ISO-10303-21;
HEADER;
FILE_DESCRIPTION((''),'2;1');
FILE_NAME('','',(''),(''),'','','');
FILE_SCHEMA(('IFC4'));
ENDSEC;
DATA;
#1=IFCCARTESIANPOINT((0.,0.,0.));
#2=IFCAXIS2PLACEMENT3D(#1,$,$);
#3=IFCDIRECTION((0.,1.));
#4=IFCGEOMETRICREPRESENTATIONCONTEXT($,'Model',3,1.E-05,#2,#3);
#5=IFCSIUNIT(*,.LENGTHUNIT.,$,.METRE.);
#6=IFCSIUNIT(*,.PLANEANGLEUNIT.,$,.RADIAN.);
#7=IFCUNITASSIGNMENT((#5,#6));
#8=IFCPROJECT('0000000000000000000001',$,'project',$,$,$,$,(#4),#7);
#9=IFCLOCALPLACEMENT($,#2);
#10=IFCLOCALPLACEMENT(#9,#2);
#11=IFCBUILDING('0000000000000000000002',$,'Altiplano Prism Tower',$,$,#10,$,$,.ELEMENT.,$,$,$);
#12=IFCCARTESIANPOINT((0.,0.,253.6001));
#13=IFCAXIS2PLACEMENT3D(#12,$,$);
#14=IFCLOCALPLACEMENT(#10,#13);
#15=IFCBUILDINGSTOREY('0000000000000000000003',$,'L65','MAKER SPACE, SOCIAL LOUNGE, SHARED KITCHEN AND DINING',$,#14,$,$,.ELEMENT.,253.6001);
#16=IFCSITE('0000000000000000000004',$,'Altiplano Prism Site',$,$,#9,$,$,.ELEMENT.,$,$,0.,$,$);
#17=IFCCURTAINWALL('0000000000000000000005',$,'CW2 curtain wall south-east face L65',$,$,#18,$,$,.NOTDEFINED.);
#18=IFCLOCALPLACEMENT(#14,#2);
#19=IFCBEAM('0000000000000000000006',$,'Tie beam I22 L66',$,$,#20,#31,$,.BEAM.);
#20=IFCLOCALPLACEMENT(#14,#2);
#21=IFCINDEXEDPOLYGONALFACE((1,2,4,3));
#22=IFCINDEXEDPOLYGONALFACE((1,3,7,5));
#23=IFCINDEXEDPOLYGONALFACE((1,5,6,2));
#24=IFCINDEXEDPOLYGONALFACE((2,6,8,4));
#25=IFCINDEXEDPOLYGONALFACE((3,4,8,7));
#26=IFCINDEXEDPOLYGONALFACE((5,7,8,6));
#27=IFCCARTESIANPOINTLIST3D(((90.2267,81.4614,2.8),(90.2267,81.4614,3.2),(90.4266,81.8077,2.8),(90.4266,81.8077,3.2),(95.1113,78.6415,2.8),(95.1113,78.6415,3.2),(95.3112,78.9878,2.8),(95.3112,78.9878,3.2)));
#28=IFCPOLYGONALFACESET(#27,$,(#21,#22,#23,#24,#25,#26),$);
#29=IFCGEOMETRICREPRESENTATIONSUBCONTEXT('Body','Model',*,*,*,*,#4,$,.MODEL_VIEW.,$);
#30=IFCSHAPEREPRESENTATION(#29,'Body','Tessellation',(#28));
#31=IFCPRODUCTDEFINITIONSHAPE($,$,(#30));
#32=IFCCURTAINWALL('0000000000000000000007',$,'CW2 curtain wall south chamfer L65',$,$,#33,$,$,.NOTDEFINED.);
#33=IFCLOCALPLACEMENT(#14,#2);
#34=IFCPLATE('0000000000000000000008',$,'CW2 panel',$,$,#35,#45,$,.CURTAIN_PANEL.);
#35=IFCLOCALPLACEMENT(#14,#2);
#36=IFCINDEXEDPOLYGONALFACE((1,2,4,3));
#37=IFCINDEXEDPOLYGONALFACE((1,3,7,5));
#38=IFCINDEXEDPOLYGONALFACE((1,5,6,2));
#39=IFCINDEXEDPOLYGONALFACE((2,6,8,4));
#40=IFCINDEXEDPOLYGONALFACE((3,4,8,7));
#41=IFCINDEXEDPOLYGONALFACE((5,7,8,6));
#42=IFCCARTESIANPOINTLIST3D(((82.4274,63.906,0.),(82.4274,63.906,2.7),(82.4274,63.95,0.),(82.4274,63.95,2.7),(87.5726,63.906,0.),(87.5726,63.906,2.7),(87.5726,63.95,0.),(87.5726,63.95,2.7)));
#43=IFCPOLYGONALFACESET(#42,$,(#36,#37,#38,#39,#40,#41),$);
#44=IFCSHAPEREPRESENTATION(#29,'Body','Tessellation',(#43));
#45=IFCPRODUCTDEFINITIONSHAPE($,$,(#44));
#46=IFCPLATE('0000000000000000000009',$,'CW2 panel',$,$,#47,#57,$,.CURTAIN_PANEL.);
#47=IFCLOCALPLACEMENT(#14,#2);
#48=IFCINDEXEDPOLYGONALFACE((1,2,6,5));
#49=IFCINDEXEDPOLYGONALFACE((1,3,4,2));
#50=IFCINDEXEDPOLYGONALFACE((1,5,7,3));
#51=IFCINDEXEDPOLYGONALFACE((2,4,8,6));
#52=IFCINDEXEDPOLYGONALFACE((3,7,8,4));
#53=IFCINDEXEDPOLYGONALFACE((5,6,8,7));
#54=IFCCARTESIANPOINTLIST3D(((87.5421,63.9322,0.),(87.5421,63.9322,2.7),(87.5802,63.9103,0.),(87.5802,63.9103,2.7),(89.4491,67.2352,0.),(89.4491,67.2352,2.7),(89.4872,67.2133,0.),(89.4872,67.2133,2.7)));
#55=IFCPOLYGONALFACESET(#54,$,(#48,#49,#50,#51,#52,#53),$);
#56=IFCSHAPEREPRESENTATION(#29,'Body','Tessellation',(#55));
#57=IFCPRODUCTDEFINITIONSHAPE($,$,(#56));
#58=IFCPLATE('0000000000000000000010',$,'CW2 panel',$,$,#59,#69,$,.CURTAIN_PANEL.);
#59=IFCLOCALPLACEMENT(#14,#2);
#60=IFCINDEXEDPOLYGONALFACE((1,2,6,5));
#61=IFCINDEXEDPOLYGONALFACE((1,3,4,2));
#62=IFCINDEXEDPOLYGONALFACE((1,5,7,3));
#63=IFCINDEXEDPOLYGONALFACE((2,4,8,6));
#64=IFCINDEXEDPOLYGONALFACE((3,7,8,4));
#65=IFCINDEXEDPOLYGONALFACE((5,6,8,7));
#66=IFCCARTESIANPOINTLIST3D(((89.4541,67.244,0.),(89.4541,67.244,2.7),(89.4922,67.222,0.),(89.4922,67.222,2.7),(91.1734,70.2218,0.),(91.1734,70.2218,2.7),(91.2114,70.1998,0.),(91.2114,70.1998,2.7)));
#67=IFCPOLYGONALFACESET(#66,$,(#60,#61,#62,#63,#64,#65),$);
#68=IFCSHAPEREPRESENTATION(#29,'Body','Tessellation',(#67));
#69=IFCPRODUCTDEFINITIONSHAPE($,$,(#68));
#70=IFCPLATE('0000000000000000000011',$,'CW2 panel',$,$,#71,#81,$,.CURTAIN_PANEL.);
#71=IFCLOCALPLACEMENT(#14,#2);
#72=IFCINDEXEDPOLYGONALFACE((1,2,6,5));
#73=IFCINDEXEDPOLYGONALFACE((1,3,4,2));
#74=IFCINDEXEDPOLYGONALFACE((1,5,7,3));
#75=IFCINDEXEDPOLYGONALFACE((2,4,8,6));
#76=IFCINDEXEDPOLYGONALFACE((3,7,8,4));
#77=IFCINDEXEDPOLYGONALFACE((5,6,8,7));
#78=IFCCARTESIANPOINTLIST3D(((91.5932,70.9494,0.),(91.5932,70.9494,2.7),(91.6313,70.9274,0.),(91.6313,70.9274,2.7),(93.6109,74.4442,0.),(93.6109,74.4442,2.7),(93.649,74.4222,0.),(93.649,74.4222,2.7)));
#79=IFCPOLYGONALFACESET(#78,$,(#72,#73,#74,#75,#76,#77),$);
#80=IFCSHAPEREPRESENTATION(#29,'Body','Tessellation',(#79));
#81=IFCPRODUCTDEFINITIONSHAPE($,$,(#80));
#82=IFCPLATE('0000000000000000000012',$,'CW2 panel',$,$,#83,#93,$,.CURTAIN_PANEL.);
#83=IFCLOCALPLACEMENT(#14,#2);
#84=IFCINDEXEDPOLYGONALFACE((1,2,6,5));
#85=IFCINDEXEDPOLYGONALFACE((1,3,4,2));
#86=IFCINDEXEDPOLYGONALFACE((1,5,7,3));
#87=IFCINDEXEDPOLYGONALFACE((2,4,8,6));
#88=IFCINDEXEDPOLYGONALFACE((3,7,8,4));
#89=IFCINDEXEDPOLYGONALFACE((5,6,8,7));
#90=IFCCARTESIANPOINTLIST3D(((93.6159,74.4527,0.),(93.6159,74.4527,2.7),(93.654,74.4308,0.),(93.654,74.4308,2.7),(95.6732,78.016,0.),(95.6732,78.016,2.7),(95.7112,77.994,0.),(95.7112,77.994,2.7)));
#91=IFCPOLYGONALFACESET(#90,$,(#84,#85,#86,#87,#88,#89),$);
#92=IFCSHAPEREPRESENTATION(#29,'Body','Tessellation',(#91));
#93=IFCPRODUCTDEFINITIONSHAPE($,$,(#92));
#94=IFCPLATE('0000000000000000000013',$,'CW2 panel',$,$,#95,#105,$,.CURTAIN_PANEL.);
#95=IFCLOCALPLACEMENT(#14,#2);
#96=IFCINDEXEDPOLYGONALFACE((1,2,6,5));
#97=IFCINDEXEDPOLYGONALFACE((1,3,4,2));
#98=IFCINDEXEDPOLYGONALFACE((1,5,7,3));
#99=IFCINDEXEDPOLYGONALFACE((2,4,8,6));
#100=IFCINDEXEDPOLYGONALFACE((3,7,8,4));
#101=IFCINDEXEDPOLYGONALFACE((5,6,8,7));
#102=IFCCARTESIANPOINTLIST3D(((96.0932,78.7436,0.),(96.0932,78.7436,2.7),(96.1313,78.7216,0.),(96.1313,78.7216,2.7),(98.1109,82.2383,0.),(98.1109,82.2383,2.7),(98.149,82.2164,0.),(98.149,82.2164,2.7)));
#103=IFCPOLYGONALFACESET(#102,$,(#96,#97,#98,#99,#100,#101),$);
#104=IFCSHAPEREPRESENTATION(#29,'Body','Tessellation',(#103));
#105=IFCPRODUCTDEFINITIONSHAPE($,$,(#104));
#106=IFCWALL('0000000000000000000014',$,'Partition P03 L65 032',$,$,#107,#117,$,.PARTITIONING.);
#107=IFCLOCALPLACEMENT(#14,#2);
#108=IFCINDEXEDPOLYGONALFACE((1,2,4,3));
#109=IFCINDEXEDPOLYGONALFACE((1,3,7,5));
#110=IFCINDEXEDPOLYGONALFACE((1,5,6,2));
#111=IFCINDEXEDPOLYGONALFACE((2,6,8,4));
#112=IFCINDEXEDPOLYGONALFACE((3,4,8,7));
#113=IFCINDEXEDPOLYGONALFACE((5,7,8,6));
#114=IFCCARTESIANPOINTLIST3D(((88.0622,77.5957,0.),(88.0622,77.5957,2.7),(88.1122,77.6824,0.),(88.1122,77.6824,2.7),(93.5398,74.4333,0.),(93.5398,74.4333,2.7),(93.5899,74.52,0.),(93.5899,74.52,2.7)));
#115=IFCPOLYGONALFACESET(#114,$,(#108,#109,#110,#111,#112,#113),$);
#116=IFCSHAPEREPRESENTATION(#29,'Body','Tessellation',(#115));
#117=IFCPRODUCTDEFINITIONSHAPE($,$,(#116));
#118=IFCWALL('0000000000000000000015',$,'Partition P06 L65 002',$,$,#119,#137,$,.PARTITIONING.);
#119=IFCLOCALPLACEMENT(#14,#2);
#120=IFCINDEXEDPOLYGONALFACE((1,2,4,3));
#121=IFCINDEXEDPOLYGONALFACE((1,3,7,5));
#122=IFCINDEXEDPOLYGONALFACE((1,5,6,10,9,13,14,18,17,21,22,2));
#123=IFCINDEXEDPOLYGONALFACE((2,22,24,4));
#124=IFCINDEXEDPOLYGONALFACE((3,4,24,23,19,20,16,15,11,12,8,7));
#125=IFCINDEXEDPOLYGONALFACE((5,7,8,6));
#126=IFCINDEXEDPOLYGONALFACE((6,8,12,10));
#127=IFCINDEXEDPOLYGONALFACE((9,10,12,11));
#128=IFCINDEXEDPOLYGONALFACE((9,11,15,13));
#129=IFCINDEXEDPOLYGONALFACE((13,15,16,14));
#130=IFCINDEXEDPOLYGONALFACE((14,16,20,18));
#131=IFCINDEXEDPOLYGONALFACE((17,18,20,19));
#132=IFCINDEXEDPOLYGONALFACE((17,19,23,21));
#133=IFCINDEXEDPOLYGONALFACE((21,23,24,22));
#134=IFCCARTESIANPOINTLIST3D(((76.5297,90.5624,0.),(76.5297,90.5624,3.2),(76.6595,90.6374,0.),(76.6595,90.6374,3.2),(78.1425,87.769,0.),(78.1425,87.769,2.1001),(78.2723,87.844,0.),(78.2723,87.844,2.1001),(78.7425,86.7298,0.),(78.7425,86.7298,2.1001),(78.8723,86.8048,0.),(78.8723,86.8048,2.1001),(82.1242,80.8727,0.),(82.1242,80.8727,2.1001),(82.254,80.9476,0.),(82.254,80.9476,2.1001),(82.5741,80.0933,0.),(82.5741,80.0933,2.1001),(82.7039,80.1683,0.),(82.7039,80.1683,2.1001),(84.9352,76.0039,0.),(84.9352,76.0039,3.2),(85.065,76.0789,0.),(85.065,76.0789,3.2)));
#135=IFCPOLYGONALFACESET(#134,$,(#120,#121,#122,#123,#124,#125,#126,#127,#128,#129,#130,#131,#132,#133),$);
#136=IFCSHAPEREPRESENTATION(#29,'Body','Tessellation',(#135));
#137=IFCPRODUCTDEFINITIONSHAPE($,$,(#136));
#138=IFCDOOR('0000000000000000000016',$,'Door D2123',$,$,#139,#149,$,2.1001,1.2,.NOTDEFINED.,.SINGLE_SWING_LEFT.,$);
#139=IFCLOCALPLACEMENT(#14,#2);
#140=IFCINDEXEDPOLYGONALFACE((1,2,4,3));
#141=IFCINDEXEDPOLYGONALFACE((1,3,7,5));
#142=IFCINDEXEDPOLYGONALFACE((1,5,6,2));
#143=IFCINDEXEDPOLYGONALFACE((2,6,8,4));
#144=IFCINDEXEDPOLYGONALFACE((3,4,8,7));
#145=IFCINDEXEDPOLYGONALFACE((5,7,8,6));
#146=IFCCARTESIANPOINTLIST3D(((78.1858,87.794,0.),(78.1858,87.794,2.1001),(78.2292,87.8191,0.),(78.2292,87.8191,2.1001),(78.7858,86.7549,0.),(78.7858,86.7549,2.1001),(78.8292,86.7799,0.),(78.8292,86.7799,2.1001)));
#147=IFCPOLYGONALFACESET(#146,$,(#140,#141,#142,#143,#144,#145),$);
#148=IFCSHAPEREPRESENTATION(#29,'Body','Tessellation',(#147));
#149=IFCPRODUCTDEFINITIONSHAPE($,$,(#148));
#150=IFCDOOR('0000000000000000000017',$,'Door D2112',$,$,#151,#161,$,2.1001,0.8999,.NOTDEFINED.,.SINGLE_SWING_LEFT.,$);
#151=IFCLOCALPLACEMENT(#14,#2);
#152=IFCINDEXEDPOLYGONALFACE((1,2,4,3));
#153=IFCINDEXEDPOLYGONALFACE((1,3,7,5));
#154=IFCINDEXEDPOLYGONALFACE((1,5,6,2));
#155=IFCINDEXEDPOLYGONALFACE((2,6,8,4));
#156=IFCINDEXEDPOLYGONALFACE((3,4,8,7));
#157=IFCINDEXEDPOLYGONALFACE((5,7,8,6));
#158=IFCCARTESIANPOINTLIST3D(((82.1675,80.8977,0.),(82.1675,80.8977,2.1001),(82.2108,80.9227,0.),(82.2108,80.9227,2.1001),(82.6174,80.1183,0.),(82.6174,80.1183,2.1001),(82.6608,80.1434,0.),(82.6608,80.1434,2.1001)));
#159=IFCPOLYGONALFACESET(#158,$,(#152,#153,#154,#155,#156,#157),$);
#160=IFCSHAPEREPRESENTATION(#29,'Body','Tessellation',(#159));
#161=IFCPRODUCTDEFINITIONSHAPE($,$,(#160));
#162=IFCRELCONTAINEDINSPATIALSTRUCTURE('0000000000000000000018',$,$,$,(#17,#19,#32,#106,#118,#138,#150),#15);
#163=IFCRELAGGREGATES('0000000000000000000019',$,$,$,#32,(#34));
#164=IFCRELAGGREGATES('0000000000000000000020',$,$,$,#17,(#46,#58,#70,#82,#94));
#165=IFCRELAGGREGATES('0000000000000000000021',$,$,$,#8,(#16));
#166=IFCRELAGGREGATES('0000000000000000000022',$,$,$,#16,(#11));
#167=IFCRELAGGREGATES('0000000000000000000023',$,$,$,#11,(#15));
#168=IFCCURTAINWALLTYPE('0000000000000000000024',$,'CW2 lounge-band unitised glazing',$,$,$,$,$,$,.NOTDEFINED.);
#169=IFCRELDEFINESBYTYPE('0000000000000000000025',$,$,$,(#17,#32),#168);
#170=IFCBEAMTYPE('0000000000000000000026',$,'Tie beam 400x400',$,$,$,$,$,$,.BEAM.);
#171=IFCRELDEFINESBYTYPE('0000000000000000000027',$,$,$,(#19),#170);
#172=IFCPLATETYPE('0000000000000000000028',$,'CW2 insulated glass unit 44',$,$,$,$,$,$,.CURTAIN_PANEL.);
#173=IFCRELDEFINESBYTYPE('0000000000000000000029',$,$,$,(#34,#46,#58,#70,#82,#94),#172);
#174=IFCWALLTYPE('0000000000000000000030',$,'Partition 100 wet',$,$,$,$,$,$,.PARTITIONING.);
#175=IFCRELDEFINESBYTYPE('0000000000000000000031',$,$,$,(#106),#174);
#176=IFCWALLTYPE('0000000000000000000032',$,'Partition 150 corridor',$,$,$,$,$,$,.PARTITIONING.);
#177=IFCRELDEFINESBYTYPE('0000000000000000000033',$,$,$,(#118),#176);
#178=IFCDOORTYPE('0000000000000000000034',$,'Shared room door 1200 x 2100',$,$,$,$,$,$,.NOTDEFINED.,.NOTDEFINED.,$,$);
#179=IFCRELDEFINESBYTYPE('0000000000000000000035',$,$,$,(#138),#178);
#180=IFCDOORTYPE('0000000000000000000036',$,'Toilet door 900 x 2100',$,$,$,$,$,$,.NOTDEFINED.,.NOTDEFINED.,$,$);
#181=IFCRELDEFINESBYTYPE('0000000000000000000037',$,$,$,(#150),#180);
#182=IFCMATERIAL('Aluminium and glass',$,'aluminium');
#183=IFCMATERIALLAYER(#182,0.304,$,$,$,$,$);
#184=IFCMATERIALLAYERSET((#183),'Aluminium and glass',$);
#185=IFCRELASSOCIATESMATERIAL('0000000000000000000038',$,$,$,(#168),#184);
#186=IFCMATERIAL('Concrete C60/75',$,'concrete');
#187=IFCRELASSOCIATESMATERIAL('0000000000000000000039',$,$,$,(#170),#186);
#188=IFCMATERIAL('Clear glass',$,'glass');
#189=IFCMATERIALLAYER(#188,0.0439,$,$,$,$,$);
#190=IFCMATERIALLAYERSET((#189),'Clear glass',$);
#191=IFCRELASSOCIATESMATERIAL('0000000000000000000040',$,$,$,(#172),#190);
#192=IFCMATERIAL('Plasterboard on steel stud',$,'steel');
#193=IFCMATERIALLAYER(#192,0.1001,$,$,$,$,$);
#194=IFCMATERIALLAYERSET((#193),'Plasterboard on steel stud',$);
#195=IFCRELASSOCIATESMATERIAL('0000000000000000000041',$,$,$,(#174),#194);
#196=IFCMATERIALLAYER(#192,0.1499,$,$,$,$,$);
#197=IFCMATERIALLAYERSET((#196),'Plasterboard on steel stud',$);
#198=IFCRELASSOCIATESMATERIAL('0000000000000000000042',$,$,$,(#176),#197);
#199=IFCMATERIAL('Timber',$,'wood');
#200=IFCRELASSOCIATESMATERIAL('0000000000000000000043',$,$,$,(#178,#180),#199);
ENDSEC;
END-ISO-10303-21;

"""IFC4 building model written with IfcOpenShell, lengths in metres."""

from ifc_helpers import new_model, si_unit, direction, frame, frame_2d, origin, origin_2d, place, context, subcontext, project, spatial, rectangle, extrude, material, layer, layer_set, material_profile, profile_set, type_object, element, fill, aggregate, save


model = new_model("IFC4")

# Units and contexts
model_context = context("Model", 3, precision=1e-05, world=origin(), true_north=direction((0.0, 1.0)))
body_context = subcontext(model_context, "Body", "Model", "MODEL_VIEW")
ifc_project = project(units=[si_unit("LENGTHUNIT", "METRE"), si_unit("PLANEANGLEUNIT", "RADIAN")], contexts=[model_context])

# Site, building, storey
site_placement = place(None, origin())
site = spatial("IfcSite", under=ifc_project, at=site_placement, Name="Altiplano Prism Site", CompositionType="ELEMENT", RefElevation=0.0)
building_placement = place(site_placement, origin())
building = spatial("IfcBuilding", under=site, at=building_placement, Name="Altiplano Prism Tower", CompositionType="ELEMENT")
storey_placement = place(building_placement, frame((0.0, 0.0, 253.6001)))
storey = spatial("IfcBuildingStorey", under=building, at=storey_placement, Name="L65", Description="MAKER SPACE, SOCIAL LOUNGE, SHARED KITCHEN AND DINING", CompositionType="ELEMENT", Elevation=253.6001)

# Shared definitions
ifc_material_1 = material(Name="Concrete C60/75", Category="concrete")

# Curtain wall
ifc_material_2 = material(Name="Aluminium and glass", Category="aluminium")
ifc_layer_1 = layer(ifc_material_2, 0.304)
ifc_layer_set_1 = layer_set([ifc_layer_1], Name="Aluminium and glass")
curtain_wall_type = type_object("IfcCurtainWallType", Name="CW2 lounge-band unitised glazing", PredefinedType="NOTDEFINED", material=ifc_layer_set_1)
curtain_wall_1_placement = place(storey_placement, origin())
curtain_wall_1 = element("IfcCurtainWall", 1, at=curtain_wall_1_placement, inside=storey, type_object=curtain_wall_type, Name="CW2 curtain wall south-east face L65", PredefinedType="NOTDEFINED")

# Beam
ifc_material_profile_1 = material_profile(ifc_material_1, rectangle(XDim=0.3999, YDim=0.3999, at=origin_2d()), Name="Tie beam 400x400")
ifc_profile_set_1 = profile_set([ifc_material_profile_1], Name="Concrete C60/75")
beam_type_1 = type_object("IfcBeamType", Name="Tie beam 400x400", PredefinedType="BEAM", material=ifc_profile_set_1)
beam_1_placement = place(storey_placement, frame((90.3267, 81.6345, 3.0), z_axis=(0.866045, -0.499966, 0.0), x_axis=(0.499966, 0.866045, 0.0)))
element("IfcBeam", 2, at=beam_1_placement, inside=storey, type_object=beam_type_1, Name="Tie beam I22 L66", PredefinedType="BEAM", context=body_context, shape_type="SweptSolid", body=[
    extrude(rectangle(XDim=0.3999, YDim=0.3999, at=origin_2d()), origin(), (0.0, 0.0, 1.0), 5.6401),
])

# Curtain wall, plate
curtain_wall_2_placement = place(storey_placement, origin())
curtain_wall_2 = element("IfcCurtainWall", 3, at=curtain_wall_2_placement, inside=storey, type_object=curtain_wall_type, Name="CW2 curtain wall south chamfer L65", PredefinedType="NOTDEFINED")
ifc_material_3 = material(Name="Clear glass", Category="glass")
ifc_layer_2 = layer(ifc_material_3, 0.0439)
ifc_layer_set_2 = layer_set([ifc_layer_2], Name="Clear glass")
plate_type = type_object("IfcPlateType", Name="CW2 insulated glass unit 44", PredefinedType="CURTAIN_PANEL", material=ifc_layer_set_2)
plate_1_placement = place(storey_placement, frame((85.0, 63.928, 0.0), z_axis=(0.0, 0.0, 1.0), x_axis=(1.0, 0.0, 0.0)))
plate_1 = element("IfcPlate", 4, at=plate_1_placement, type_object=plate_type, Name="CW2 panel", PredefinedType="CURTAIN_PANEL", context=body_context, shape_type="SweptSolid", body=[
    extrude(rectangle(XDim=5.1453, YDim=0.0439, at=origin_2d()), origin(), (0.0, 0.0, 1.0), 2.7),
])
aggregate(curtain_wall_2, [plate_1])

# Plates
plate_2_placement = place(storey_placement, frame((88.5146, 65.5728, 0.0), z_axis=(0.0, 0.0, 1.0), x_axis=(0.5, 0.866025, 0.0)))
plate_2 = element("IfcPlate", 5, at=plate_2_placement, type_object=plate_type, Name="CW2 panel", PredefinedType="CURTAIN_PANEL", context=body_context, shape_type="SweptSolid", body=[
    extrude(rectangle(XDim=3.814, YDim=0.0439, at=origin_2d()), origin(), (0.0, 0.0, 1.0), 2.7),
])
plate_3_placement = place(storey_placement, frame((90.3328, 68.7219, 0.0), z_axis=(0.0, 0.0, 1.0), x_axis=(0.5, 0.866025, 0.0)))
plate_3 = element("IfcPlate", 6, at=plate_3_placement, type_object=plate_type, Name="CW2 panel", PredefinedType="CURTAIN_PANEL", context=body_context, shape_type="SweptSolid", body=[
    extrude(rectangle(XDim=3.4385, YDim=0.0439, at=origin_2d()), origin(), (0.0, 0.0, 1.0), 2.7),
])
plate_4_placement = place(storey_placement, frame((92.6211, 72.6858, 0.0), z_axis=(0.0, 0.0, 1.0), x_axis=(0.5, 0.866025, 0.0)))
plate_4 = element("IfcPlate", 7, at=plate_4_placement, type_object=plate_type, Name="CW2 panel", PredefinedType="CURTAIN_PANEL", context=body_context, shape_type="SweptSolid", body=[
    extrude(rectangle(XDim=4.0354, YDim=0.0439, at=origin_2d()), origin(), (0.0, 0.0, 1.0), 2.7),
])
plate_5_placement = place(storey_placement, frame((94.6636, 76.2234, 0.0), z_axis=(0.0, 0.0, 1.0), x_axis=(0.5, 0.866025, 0.0)))
plate_5 = element("IfcPlate", 8, at=plate_5_placement, type_object=plate_type, Name="CW2 panel", PredefinedType="CURTAIN_PANEL", context=body_context, shape_type="SweptSolid", body=[
    extrude(rectangle(XDim=4.1145, YDim=0.0439, at=origin_2d()), origin(), (0.0, 0.0, 1.0), 2.7),
])
plate_6_placement = place(storey_placement, frame((97.1211, 80.48, 0.0), z_axis=(0.0, 0.0, 1.0), x_axis=(0.5, 0.866025, 0.0)))
plate_6 = element("IfcPlate", 9, at=plate_6_placement, type_object=plate_type, Name="CW2 panel", PredefinedType="CURTAIN_PANEL", context=body_context, shape_type="SweptSolid", body=[
    extrude(rectangle(XDim=4.0354, YDim=0.0439, at=origin_2d()), origin(), (0.0, 0.0, 1.0), 2.7),
])
aggregate(curtain_wall_1, [plate_2, plate_3, plate_4, plate_5, plate_6])

# Wall
ifc_material_4 = material(Name="Plasterboard on steel stud", Category="steel")
ifc_layer_3 = layer(ifc_material_4, 0.1001)
ifc_layer_set_3 = layer_set([ifc_layer_3], Name="Plasterboard on steel stud")
wall_type_1 = type_object("IfcWallType", Name="Partition 100 wet", PredefinedType="PARTITIONING", material=ifc_layer_set_3)
wall_1_placement = place(storey_placement, frame((93.5649, 74.4766, 0.0), z_axis=(0.0, 0.0, 1.0), x_axis=(-0.866033, 0.499988, 0.0)))
element("IfcWall", 10, at=wall_1_placement, inside=storey, type_object=wall_type_1, Name="Partition P03 L65 032", PredefinedType="PARTITIONING", context=body_context, shape_type="SweptSolid", body=[
    extrude(rectangle(XDim=6.325, YDim=0.1001, at=frame_2d((3.1626, 0.0))), origin(), (0.0, 0.0, 1.0), 2.7),
])

# Wall, openings, doors
ifc_layer_4 = layer(ifc_material_4, 0.1499)
ifc_layer_set_4 = layer_set([ifc_layer_4], Name="Plasterboard on steel stud")
wall_type_2 = type_object("IfcWallType", Name="Partition 150 corridor", PredefinedType="PARTITIONING", material=ifc_layer_set_4)
wall_2_placement = place(storey_placement, frame((85.0, 76.0415, 0.0), z_axis=(0.0, 0.0, 1.0), x_axis=(-0.500005, 0.866023, 0.0)))
wall_2 = element("IfcWall", 11, at=wall_2_placement, inside=storey, type_object=wall_type_2, Name="Partition P06 L65 002", PredefinedType="PARTITIONING", context=body_context, shape_type="SweptSolid", body=[
    extrude(rectangle(XDim=16.8108, YDim=0.1499, at=frame_2d((8.4053, 0.0))), origin(), (0.0, 0.0, 1.0), 3.2),
])
opening_1_placement = place(wall_2_placement, frame((4.7219, 0.0, 0.0)))
opening_1 = element("IfcOpeningElement", 12, at=opening_1_placement, cuts=wall_2, PredefinedType="OPENING", context=body_context, shape_type="SweptSolid", body=[
    extrude(rectangle(XDim=0.8999, YDim=2.1001, at=frame_2d((0.45, 1.05))), frame((0.0, 0.0854, 0.0), z_axis=(0.0, -1.0, 0.0), x_axis=(1.0, 0.0, 0.0)), (0.0, 0.0, 1.0), 0.1709),
])
opening_2_placement = place(wall_2_placement, frame((12.385, 0.0, 0.0)))
opening_2 = element("IfcOpeningElement", 13, at=opening_2_placement, cuts=wall_2, PredefinedType="OPENING", context=body_context, shape_type="SweptSolid", body=[
    extrude(rectangle(XDim=1.2, YDim=2.1001, at=frame_2d((0.6001, 1.05))), frame((0.0, 0.0854, 0.0), z_axis=(0.0, -1.0, 0.0), x_axis=(1.0, 0.0, 0.0)), (0.0, 0.0, 1.0), 0.1709),
])
ifc_material_5 = material(Name="Timber", Category="wood")
door_type_1 = type_object("IfcDoorType", Name="Shared room door 1200 x 2100", OperationType="NOTDEFINED", PredefinedType="NOTDEFINED", material=ifc_material_5)
door_1_placement = place(opening_2_placement, origin())
door_1 = element("IfcDoor", 14, at=door_1_placement, inside=storey, type_object=door_type_1, Name="Door D2123", OperationType="SINGLE_SWING_LEFT", OverallHeight=2.1001, OverallWidth=1.2, PredefinedType="NOTDEFINED", context=body_context, shape_type="SweptSolid", body=[
    extrude(rectangle(XDim=1.2, YDim=2.1001, at=frame_2d((0.6001, 1.05))), frame((0.0, 0.0249, 0.0), z_axis=(0.0, -1.0, 0.0), x_axis=(1.0, 0.0, 0.0)), (0.0, 0.0, 1.0), 0.05),
])
fill(opening_2, door_1)
door_type_2 = type_object("IfcDoorType", Name="Toilet door 900 x 2100", OperationType="NOTDEFINED", PredefinedType="NOTDEFINED", material=ifc_material_5)
door_2_placement = place(opening_1_placement, origin())
door_2 = element("IfcDoor", 15, at=door_2_placement, inside=storey, type_object=door_type_2, Name="Door D2112", OperationType="SINGLE_SWING_LEFT", OverallHeight=2.1001, OverallWidth=0.8999, PredefinedType="NOTDEFINED", context=body_context, shape_type="SweptSolid", body=[
    extrude(rectangle(XDim=0.8999, YDim=2.1001, at=frame_2d((0.45, 1.05))), frame((0.0, 0.0249, 0.0), z_axis=(0.0, -1.0, 0.0), x_axis=(1.0, 0.0, 0.0)), (0.0, 0.0, 1.0), 0.05),
])
fill(opening_1, door_2)

save(model, "model.ifc")
